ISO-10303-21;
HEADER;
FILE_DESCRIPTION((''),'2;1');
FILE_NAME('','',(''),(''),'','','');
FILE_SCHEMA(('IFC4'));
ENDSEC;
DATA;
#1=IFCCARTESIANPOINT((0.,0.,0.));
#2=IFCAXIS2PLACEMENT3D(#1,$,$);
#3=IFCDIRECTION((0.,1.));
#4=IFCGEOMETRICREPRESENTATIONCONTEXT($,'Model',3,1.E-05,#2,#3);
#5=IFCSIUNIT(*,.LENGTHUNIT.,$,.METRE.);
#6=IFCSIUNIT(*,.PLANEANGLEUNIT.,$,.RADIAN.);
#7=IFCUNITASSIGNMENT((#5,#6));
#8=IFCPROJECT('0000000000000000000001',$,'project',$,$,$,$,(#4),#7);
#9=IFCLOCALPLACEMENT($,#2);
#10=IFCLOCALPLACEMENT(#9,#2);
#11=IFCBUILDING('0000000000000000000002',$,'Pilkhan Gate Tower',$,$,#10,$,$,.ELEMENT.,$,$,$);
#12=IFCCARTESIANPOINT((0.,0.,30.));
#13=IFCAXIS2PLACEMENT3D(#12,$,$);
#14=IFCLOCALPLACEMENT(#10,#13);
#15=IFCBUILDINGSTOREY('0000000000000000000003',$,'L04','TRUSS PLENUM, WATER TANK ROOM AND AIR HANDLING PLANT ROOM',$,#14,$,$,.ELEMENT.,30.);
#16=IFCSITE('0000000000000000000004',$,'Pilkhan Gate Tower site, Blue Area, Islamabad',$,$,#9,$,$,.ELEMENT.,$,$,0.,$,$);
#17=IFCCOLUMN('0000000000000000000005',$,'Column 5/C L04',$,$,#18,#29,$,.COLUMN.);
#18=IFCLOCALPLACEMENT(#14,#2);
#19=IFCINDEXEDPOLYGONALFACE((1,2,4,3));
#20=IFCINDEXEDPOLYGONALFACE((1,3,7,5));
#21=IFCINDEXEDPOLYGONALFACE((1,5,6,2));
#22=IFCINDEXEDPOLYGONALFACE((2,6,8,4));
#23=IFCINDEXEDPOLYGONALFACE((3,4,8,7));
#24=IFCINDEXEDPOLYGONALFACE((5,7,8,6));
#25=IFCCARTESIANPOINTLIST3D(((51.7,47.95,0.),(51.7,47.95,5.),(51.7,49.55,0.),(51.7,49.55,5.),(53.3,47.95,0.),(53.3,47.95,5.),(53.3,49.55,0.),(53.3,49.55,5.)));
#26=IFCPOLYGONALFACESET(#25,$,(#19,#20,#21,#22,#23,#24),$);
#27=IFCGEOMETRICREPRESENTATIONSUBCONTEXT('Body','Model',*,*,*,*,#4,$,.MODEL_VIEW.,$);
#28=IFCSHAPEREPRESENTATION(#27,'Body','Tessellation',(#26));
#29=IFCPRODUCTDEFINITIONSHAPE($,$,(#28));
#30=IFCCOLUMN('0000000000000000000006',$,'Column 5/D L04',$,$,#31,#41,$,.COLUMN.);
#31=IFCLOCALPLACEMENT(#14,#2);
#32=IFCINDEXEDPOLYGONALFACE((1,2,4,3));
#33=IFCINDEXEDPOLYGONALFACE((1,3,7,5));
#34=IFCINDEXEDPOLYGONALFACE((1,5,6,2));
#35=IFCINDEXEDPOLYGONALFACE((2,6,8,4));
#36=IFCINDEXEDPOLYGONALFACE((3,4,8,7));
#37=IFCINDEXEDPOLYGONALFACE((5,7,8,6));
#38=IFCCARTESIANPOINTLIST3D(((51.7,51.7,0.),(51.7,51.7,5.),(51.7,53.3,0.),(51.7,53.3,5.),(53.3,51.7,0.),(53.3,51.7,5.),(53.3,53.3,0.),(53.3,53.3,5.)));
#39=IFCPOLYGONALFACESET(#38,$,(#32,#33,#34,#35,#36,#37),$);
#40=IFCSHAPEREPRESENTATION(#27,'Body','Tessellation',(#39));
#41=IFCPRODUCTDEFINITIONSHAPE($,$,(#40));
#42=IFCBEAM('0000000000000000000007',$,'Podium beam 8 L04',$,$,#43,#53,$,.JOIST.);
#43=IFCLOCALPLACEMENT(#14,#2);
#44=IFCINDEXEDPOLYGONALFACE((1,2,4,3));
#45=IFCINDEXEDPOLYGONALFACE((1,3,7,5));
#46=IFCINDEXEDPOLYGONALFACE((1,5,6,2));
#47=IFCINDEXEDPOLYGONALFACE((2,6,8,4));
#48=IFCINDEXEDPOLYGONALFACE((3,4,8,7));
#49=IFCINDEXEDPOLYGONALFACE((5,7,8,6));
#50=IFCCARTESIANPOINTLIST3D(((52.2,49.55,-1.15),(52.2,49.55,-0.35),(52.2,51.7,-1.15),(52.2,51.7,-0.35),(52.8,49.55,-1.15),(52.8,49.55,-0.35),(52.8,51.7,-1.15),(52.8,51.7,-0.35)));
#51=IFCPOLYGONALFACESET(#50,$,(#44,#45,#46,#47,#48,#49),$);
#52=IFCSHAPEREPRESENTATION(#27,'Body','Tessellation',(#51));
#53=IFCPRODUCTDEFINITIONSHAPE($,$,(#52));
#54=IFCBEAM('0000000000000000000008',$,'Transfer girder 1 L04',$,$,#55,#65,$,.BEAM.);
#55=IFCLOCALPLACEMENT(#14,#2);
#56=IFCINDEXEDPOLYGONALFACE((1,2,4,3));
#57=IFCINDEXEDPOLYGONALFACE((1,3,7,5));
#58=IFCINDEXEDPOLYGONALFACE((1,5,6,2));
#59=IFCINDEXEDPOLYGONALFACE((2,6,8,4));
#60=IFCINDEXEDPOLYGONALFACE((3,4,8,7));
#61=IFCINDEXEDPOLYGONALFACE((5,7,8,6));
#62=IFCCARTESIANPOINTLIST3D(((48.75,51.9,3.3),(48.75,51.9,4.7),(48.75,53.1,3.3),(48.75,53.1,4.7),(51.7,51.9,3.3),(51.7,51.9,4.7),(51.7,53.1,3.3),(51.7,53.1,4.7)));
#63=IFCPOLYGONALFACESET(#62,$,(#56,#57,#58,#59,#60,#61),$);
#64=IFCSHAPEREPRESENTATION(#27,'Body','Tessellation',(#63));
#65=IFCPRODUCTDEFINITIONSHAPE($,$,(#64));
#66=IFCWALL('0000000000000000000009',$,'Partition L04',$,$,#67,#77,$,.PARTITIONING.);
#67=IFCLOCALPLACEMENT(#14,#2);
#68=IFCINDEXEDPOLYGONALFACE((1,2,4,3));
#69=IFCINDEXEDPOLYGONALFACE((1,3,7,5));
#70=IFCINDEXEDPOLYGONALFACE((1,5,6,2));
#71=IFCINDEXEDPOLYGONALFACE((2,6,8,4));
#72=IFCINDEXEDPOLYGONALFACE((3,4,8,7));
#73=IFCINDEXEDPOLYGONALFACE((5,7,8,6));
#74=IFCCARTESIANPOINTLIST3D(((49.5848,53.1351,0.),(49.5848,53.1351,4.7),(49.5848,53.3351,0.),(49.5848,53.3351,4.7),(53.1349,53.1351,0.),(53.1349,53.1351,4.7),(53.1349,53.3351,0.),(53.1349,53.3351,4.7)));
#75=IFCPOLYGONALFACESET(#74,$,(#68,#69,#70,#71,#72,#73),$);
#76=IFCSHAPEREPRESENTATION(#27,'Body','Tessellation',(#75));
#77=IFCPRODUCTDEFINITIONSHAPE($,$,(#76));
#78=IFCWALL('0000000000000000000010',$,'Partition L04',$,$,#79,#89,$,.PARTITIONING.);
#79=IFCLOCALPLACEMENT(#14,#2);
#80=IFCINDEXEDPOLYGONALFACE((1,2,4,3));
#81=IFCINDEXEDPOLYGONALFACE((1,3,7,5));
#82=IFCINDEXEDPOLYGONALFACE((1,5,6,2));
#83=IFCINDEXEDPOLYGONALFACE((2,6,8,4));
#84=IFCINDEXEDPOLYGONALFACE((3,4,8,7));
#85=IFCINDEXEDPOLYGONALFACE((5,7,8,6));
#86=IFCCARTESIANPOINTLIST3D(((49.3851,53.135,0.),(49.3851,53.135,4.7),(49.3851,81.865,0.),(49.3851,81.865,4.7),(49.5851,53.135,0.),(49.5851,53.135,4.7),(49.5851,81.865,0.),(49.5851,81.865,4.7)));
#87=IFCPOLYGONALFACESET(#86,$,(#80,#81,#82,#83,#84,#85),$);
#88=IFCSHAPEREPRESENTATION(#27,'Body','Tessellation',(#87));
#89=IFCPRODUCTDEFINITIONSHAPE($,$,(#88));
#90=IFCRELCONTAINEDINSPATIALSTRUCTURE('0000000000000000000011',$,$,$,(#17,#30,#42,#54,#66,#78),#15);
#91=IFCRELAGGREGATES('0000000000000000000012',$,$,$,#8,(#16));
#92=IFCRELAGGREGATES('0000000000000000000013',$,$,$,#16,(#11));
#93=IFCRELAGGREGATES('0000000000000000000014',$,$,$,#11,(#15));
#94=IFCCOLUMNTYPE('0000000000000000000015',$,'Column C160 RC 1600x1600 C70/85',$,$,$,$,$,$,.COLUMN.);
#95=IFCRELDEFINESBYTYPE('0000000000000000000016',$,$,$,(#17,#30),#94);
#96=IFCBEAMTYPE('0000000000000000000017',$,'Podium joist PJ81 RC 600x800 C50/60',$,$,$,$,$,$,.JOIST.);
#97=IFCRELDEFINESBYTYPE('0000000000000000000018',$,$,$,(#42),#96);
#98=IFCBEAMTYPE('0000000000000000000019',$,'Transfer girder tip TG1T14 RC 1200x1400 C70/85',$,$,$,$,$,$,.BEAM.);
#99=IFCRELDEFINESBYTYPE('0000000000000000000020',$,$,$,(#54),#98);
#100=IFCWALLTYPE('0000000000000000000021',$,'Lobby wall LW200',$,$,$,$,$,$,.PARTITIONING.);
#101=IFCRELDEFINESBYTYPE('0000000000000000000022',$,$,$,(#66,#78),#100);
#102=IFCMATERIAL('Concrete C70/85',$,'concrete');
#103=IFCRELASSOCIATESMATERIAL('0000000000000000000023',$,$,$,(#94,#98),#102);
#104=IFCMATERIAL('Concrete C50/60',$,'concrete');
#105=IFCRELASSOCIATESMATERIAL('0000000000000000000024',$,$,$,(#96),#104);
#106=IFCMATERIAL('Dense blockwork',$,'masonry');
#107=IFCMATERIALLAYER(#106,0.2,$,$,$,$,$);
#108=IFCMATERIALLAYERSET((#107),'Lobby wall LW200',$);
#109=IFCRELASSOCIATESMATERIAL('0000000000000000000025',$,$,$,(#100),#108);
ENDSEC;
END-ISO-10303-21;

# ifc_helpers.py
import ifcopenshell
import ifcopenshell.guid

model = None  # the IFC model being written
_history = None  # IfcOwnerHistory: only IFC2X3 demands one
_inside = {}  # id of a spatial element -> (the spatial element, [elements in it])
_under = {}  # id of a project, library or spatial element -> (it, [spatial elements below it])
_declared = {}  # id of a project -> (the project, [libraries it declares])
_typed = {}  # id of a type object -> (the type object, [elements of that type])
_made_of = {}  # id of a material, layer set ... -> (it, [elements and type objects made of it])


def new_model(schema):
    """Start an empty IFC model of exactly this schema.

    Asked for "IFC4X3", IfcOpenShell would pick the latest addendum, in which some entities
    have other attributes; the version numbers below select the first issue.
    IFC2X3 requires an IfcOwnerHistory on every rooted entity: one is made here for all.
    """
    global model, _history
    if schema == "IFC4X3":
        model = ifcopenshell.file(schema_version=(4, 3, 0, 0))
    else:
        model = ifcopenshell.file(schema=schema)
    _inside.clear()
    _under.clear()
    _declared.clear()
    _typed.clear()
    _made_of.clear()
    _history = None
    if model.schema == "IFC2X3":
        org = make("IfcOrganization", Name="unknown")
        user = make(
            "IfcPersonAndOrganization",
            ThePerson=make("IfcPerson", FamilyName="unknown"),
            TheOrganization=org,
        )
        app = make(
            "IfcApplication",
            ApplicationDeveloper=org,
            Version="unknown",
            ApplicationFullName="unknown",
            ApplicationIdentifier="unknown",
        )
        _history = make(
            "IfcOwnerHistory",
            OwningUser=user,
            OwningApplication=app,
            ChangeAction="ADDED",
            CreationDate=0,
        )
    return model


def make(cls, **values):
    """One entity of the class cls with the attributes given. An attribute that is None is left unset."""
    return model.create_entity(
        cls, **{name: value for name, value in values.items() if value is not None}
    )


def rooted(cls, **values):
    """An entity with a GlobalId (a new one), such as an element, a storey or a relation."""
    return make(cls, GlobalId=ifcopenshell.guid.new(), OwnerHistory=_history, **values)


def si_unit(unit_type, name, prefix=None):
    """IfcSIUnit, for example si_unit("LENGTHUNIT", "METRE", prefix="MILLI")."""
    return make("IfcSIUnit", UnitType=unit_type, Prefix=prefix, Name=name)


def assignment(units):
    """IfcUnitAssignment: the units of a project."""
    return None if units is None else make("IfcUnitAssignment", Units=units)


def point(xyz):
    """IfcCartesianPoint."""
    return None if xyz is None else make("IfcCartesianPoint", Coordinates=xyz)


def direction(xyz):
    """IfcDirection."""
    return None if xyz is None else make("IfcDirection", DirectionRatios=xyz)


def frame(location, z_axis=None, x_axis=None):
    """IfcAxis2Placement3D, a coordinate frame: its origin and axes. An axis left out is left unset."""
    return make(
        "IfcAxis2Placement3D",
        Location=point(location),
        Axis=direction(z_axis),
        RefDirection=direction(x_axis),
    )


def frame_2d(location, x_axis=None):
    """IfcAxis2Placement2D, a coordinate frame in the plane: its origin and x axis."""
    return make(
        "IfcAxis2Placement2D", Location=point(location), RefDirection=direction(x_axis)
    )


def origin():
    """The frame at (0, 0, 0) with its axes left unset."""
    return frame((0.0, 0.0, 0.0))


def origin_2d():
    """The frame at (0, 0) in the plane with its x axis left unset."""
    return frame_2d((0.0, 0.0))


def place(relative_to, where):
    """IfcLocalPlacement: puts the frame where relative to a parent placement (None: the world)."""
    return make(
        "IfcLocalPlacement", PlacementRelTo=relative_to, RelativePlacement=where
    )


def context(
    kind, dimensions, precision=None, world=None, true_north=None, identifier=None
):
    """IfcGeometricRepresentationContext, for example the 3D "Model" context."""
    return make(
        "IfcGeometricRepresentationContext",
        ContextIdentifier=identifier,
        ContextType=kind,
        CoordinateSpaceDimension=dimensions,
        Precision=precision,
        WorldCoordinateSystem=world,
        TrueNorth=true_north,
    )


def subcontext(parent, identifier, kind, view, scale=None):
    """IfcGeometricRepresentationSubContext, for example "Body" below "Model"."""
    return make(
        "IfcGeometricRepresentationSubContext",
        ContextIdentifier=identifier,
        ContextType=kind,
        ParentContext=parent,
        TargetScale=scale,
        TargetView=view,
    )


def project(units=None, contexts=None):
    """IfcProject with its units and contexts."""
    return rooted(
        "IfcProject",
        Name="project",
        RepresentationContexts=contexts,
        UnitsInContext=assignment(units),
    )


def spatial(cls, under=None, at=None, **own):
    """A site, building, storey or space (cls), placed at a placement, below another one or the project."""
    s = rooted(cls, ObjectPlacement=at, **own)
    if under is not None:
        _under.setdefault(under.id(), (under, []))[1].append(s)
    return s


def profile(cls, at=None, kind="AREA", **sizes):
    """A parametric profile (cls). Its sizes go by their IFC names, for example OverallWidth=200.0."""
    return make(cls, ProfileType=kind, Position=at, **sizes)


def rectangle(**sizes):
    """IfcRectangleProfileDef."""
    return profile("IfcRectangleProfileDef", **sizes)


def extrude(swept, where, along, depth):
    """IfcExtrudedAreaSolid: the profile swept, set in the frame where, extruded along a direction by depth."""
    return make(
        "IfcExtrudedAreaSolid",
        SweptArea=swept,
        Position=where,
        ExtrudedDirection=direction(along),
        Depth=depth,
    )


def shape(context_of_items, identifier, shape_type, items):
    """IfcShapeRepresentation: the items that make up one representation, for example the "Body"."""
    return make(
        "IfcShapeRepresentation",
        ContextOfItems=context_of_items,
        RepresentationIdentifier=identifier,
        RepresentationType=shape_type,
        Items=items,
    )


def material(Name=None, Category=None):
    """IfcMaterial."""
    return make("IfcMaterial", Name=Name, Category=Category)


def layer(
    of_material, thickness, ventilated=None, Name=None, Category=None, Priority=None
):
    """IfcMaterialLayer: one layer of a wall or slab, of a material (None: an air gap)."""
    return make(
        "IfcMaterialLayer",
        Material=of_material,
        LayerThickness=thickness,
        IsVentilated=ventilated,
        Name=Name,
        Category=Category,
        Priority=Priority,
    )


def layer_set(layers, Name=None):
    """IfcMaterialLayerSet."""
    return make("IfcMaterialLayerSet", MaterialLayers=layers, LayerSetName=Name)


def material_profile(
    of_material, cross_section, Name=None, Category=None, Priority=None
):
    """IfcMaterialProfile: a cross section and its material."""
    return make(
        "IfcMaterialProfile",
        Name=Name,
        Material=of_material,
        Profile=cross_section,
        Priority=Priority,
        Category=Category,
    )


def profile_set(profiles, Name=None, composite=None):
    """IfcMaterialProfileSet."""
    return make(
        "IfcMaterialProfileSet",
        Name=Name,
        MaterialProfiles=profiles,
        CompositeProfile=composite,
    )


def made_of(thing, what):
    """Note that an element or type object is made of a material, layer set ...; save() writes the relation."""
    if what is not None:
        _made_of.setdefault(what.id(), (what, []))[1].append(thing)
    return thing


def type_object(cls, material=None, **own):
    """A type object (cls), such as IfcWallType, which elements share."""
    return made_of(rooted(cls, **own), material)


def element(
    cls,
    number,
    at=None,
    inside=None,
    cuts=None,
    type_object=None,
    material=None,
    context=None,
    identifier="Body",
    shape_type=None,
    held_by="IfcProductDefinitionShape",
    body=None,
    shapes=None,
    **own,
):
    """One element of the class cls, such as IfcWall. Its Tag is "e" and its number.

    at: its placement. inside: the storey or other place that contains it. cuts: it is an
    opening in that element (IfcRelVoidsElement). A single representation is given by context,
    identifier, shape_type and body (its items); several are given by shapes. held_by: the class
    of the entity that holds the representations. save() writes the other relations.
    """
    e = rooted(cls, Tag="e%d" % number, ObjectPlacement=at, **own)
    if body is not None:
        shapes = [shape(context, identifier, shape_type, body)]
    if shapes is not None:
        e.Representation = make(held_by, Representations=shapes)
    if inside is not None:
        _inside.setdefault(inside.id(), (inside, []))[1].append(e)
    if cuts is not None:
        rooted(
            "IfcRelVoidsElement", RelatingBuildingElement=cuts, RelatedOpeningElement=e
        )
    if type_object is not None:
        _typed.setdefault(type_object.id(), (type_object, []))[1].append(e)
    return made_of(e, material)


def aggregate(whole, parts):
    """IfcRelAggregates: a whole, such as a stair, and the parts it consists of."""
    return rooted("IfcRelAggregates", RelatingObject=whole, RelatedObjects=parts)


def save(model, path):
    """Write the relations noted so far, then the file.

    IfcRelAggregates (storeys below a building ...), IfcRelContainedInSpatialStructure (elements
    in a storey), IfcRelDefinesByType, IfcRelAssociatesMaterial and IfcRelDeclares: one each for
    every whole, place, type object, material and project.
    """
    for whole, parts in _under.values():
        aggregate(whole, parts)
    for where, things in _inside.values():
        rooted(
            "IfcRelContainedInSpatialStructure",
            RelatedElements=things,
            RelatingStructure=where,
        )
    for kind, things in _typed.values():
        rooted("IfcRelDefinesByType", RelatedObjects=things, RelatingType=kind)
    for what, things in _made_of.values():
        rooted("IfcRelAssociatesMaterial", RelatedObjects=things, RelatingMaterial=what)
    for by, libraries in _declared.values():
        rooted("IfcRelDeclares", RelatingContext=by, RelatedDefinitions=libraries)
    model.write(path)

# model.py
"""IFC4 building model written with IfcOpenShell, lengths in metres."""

from ifc_helpers import new_model, si_unit, direction, frame, frame_2d, origin, origin_2d, place, context, subcontext, project, spatial, rectangle, extrude, material, layer, layer_set, material_profile, profile_set, type_object, element, save


model = new_model("IFC4")

# Units and contexts
model_context = context("Model", 3, precision=1e-05, world=origin(), true_north=direction((0.0, 1.0)))
body_context = subcontext(model_context, "Body", "Model", "MODEL_VIEW")
ifc_project = project(units=[si_unit("LENGTHUNIT", "METRE"), si_unit("PLANEANGLEUNIT", "RADIAN")], contexts=[model_context])

# Site, building, storey
site_placement = place(None, origin())
site = spatial("IfcSite", under=ifc_project, at=site_placement, Name="Pilkhan Gate Tower site, Blue Area, Islamabad", CompositionType="ELEMENT", RefElevation=0.0)
building_placement = place(site_placement, origin())
building = spatial("IfcBuilding", under=site, at=building_placement, Name="Pilkhan Gate Tower", CompositionType="ELEMENT")
storey_placement = place(building_placement, frame((0.0, 0.0, 30.0)))
storey = spatial("IfcBuildingStorey", under=building, at=storey_placement, Name="L04", Description="TRUSS PLENUM, WATER TANK ROOM AND AIR HANDLING PLANT ROOM", CompositionType="ELEMENT", Elevation=30.0)

# Columns
ifc_material_1 = material(Name="Concrete C70/85", Category="concrete")
ifc_material_profile_1 = material_profile(ifc_material_1, rectangle(XDim=1.6001, YDim=1.6001, at=origin_2d()), Name="RC 1600x1600")
ifc_profile_set_1 = profile_set([ifc_material_profile_1], Name="Concrete C70/85")
column_type = type_object("IfcColumnType", Name="Column C160 RC 1600x1600 C70/85", PredefinedType="COLUMN", material=ifc_profile_set_1)
for number, where, z_axis, x_axis, name in (
    (1, (52.5, 48.75, 0.0), (0.0, 0.0, 1.0), (1.0, 0.0, 0.0), "Column 5/C L04"),
    (2, (52.5, 52.5, 0.0), (0.0, 0.0, 1.0), (1.0, 0.0, 0.0), "Column 5/D L04"),
):
    element("IfcColumn", number, at=place(storey_placement, frame(where, z_axis=z_axis, x_axis=x_axis)), inside=storey, type_object=column_type, Name=name, PredefinedType="COLUMN", context=body_context, shape_type="SweptSolid", body=[
        extrude(rectangle(XDim=1.6001, YDim=1.6001, at=origin_2d()), origin(), (0.0, 0.0, 1.0), 5.0),
    ])

# Beams
ifc_material_2 = material(Name="Concrete C50/60", Category="concrete")
ifc_material_profile_2 = material_profile(ifc_material_2, rectangle(XDim=0.6001, YDim=0.8, at=origin_2d()), Name="RC 600x800")
ifc_profile_set_2 = profile_set([ifc_material_profile_2], Name="Concrete C50/60")
beam_type_1 = type_object("IfcBeamType", Name="Podium joist PJ81 RC 600x800 C50/60", PredefinedType="JOIST", material=ifc_profile_set_2)
beam_1_placement = place(storey_placement, frame((52.5, 49.55, -0.75), z_axis=(0.0, 1.0, 0.0), x_axis=(-1.0, 0.0, 0.0)))
element("IfcBeam", 3, at=beam_1_placement, inside=storey, type_object=beam_type_1, Name="Podium beam 8 L04", PredefinedType="JOIST", context=body_context, shape_type="SweptSolid", body=[
    extrude(rectangle(XDim=0.6001, YDim=0.8, at=origin_2d()), origin(), (0.0, 0.0, 1.0), 2.1499),
])
ifc_material_profile_3 = material_profile(ifc_material_1, rectangle(XDim=1.2, YDim=1.3999, at=origin_2d()), Name="RC 1200x1400")
ifc_profile_set_3 = profile_set([ifc_material_profile_3], Name="Concrete C70/85")
beam_type_2 = type_object("IfcBeamType", Name="Transfer girder tip TG1T14 RC 1200x1400 C70/85", PredefinedType="BEAM", material=ifc_profile_set_3)
beam_2_placement = place(storey_placement, frame((48.75, 52.5, 4.0), z_axis=(1.0, 0.0, 0.0), x_axis=(0.0, 1.0, 0.0)))
element("IfcBeam", 4, at=beam_2_placement, inside=storey, type_object=beam_type_2, Name="Transfer girder 1 L04", PredefinedType="BEAM", context=body_context, shape_type="SweptSolid", body=[
    extrude(rectangle(XDim=1.2, YDim=1.3999, at=origin_2d()), origin(), (0.0, 0.0, 1.0), 2.95),
])

# Walls
ifc_material_3 = material(Name="Dense blockwork", Category="masonry")
ifc_layer_1 = layer(ifc_material_3, 0.2)
ifc_layer_set_1 = layer_set([ifc_layer_1], Name="Lobby wall LW200")
wall_type_1 = type_object("IfcWallType", Name="Lobby wall LW200", PredefinedType="PARTITIONING", material=ifc_layer_set_1)
wall_1_placement = place(storey_placement, frame((49.585, 53.2351, 0.0), z_axis=(0.0, 0.0, 1.0), x_axis=(1.0, 0.0, 0.0)))
element("IfcWall", 5, at=wall_1_placement, inside=storey, type_object=wall_type_1, Name="Partition L04", PredefinedType="PARTITIONING", context=body_context, shape_type="SweptSolid", body=[
    extrude(rectangle(XDim=3.55, YDim=0.2, at=frame_2d((1.7749, 0.0))), origin(), (0.0, 0.0, 1.0), 4.7),
])
wall_2_placement = place(storey_placement, frame((49.4851, 53.135, 0.0), z_axis=(0.0, 0.0, 1.0), x_axis=(0.0, 1.0, 0.0)))
element("IfcWall", 6, at=wall_2_placement, inside=storey, type_object=wall_type_1, Name="Partition L04", PredefinedType="PARTITIONING", context=body_context, shape_type="SweptSolid", body=[
    extrude(rectangle(XDim=28.73, YDim=0.2, at=frame_2d((14.365, 0.0))), origin(), (0.0, 0.0, 1.0), 4.7),
])

save(model, "model.ifc")
